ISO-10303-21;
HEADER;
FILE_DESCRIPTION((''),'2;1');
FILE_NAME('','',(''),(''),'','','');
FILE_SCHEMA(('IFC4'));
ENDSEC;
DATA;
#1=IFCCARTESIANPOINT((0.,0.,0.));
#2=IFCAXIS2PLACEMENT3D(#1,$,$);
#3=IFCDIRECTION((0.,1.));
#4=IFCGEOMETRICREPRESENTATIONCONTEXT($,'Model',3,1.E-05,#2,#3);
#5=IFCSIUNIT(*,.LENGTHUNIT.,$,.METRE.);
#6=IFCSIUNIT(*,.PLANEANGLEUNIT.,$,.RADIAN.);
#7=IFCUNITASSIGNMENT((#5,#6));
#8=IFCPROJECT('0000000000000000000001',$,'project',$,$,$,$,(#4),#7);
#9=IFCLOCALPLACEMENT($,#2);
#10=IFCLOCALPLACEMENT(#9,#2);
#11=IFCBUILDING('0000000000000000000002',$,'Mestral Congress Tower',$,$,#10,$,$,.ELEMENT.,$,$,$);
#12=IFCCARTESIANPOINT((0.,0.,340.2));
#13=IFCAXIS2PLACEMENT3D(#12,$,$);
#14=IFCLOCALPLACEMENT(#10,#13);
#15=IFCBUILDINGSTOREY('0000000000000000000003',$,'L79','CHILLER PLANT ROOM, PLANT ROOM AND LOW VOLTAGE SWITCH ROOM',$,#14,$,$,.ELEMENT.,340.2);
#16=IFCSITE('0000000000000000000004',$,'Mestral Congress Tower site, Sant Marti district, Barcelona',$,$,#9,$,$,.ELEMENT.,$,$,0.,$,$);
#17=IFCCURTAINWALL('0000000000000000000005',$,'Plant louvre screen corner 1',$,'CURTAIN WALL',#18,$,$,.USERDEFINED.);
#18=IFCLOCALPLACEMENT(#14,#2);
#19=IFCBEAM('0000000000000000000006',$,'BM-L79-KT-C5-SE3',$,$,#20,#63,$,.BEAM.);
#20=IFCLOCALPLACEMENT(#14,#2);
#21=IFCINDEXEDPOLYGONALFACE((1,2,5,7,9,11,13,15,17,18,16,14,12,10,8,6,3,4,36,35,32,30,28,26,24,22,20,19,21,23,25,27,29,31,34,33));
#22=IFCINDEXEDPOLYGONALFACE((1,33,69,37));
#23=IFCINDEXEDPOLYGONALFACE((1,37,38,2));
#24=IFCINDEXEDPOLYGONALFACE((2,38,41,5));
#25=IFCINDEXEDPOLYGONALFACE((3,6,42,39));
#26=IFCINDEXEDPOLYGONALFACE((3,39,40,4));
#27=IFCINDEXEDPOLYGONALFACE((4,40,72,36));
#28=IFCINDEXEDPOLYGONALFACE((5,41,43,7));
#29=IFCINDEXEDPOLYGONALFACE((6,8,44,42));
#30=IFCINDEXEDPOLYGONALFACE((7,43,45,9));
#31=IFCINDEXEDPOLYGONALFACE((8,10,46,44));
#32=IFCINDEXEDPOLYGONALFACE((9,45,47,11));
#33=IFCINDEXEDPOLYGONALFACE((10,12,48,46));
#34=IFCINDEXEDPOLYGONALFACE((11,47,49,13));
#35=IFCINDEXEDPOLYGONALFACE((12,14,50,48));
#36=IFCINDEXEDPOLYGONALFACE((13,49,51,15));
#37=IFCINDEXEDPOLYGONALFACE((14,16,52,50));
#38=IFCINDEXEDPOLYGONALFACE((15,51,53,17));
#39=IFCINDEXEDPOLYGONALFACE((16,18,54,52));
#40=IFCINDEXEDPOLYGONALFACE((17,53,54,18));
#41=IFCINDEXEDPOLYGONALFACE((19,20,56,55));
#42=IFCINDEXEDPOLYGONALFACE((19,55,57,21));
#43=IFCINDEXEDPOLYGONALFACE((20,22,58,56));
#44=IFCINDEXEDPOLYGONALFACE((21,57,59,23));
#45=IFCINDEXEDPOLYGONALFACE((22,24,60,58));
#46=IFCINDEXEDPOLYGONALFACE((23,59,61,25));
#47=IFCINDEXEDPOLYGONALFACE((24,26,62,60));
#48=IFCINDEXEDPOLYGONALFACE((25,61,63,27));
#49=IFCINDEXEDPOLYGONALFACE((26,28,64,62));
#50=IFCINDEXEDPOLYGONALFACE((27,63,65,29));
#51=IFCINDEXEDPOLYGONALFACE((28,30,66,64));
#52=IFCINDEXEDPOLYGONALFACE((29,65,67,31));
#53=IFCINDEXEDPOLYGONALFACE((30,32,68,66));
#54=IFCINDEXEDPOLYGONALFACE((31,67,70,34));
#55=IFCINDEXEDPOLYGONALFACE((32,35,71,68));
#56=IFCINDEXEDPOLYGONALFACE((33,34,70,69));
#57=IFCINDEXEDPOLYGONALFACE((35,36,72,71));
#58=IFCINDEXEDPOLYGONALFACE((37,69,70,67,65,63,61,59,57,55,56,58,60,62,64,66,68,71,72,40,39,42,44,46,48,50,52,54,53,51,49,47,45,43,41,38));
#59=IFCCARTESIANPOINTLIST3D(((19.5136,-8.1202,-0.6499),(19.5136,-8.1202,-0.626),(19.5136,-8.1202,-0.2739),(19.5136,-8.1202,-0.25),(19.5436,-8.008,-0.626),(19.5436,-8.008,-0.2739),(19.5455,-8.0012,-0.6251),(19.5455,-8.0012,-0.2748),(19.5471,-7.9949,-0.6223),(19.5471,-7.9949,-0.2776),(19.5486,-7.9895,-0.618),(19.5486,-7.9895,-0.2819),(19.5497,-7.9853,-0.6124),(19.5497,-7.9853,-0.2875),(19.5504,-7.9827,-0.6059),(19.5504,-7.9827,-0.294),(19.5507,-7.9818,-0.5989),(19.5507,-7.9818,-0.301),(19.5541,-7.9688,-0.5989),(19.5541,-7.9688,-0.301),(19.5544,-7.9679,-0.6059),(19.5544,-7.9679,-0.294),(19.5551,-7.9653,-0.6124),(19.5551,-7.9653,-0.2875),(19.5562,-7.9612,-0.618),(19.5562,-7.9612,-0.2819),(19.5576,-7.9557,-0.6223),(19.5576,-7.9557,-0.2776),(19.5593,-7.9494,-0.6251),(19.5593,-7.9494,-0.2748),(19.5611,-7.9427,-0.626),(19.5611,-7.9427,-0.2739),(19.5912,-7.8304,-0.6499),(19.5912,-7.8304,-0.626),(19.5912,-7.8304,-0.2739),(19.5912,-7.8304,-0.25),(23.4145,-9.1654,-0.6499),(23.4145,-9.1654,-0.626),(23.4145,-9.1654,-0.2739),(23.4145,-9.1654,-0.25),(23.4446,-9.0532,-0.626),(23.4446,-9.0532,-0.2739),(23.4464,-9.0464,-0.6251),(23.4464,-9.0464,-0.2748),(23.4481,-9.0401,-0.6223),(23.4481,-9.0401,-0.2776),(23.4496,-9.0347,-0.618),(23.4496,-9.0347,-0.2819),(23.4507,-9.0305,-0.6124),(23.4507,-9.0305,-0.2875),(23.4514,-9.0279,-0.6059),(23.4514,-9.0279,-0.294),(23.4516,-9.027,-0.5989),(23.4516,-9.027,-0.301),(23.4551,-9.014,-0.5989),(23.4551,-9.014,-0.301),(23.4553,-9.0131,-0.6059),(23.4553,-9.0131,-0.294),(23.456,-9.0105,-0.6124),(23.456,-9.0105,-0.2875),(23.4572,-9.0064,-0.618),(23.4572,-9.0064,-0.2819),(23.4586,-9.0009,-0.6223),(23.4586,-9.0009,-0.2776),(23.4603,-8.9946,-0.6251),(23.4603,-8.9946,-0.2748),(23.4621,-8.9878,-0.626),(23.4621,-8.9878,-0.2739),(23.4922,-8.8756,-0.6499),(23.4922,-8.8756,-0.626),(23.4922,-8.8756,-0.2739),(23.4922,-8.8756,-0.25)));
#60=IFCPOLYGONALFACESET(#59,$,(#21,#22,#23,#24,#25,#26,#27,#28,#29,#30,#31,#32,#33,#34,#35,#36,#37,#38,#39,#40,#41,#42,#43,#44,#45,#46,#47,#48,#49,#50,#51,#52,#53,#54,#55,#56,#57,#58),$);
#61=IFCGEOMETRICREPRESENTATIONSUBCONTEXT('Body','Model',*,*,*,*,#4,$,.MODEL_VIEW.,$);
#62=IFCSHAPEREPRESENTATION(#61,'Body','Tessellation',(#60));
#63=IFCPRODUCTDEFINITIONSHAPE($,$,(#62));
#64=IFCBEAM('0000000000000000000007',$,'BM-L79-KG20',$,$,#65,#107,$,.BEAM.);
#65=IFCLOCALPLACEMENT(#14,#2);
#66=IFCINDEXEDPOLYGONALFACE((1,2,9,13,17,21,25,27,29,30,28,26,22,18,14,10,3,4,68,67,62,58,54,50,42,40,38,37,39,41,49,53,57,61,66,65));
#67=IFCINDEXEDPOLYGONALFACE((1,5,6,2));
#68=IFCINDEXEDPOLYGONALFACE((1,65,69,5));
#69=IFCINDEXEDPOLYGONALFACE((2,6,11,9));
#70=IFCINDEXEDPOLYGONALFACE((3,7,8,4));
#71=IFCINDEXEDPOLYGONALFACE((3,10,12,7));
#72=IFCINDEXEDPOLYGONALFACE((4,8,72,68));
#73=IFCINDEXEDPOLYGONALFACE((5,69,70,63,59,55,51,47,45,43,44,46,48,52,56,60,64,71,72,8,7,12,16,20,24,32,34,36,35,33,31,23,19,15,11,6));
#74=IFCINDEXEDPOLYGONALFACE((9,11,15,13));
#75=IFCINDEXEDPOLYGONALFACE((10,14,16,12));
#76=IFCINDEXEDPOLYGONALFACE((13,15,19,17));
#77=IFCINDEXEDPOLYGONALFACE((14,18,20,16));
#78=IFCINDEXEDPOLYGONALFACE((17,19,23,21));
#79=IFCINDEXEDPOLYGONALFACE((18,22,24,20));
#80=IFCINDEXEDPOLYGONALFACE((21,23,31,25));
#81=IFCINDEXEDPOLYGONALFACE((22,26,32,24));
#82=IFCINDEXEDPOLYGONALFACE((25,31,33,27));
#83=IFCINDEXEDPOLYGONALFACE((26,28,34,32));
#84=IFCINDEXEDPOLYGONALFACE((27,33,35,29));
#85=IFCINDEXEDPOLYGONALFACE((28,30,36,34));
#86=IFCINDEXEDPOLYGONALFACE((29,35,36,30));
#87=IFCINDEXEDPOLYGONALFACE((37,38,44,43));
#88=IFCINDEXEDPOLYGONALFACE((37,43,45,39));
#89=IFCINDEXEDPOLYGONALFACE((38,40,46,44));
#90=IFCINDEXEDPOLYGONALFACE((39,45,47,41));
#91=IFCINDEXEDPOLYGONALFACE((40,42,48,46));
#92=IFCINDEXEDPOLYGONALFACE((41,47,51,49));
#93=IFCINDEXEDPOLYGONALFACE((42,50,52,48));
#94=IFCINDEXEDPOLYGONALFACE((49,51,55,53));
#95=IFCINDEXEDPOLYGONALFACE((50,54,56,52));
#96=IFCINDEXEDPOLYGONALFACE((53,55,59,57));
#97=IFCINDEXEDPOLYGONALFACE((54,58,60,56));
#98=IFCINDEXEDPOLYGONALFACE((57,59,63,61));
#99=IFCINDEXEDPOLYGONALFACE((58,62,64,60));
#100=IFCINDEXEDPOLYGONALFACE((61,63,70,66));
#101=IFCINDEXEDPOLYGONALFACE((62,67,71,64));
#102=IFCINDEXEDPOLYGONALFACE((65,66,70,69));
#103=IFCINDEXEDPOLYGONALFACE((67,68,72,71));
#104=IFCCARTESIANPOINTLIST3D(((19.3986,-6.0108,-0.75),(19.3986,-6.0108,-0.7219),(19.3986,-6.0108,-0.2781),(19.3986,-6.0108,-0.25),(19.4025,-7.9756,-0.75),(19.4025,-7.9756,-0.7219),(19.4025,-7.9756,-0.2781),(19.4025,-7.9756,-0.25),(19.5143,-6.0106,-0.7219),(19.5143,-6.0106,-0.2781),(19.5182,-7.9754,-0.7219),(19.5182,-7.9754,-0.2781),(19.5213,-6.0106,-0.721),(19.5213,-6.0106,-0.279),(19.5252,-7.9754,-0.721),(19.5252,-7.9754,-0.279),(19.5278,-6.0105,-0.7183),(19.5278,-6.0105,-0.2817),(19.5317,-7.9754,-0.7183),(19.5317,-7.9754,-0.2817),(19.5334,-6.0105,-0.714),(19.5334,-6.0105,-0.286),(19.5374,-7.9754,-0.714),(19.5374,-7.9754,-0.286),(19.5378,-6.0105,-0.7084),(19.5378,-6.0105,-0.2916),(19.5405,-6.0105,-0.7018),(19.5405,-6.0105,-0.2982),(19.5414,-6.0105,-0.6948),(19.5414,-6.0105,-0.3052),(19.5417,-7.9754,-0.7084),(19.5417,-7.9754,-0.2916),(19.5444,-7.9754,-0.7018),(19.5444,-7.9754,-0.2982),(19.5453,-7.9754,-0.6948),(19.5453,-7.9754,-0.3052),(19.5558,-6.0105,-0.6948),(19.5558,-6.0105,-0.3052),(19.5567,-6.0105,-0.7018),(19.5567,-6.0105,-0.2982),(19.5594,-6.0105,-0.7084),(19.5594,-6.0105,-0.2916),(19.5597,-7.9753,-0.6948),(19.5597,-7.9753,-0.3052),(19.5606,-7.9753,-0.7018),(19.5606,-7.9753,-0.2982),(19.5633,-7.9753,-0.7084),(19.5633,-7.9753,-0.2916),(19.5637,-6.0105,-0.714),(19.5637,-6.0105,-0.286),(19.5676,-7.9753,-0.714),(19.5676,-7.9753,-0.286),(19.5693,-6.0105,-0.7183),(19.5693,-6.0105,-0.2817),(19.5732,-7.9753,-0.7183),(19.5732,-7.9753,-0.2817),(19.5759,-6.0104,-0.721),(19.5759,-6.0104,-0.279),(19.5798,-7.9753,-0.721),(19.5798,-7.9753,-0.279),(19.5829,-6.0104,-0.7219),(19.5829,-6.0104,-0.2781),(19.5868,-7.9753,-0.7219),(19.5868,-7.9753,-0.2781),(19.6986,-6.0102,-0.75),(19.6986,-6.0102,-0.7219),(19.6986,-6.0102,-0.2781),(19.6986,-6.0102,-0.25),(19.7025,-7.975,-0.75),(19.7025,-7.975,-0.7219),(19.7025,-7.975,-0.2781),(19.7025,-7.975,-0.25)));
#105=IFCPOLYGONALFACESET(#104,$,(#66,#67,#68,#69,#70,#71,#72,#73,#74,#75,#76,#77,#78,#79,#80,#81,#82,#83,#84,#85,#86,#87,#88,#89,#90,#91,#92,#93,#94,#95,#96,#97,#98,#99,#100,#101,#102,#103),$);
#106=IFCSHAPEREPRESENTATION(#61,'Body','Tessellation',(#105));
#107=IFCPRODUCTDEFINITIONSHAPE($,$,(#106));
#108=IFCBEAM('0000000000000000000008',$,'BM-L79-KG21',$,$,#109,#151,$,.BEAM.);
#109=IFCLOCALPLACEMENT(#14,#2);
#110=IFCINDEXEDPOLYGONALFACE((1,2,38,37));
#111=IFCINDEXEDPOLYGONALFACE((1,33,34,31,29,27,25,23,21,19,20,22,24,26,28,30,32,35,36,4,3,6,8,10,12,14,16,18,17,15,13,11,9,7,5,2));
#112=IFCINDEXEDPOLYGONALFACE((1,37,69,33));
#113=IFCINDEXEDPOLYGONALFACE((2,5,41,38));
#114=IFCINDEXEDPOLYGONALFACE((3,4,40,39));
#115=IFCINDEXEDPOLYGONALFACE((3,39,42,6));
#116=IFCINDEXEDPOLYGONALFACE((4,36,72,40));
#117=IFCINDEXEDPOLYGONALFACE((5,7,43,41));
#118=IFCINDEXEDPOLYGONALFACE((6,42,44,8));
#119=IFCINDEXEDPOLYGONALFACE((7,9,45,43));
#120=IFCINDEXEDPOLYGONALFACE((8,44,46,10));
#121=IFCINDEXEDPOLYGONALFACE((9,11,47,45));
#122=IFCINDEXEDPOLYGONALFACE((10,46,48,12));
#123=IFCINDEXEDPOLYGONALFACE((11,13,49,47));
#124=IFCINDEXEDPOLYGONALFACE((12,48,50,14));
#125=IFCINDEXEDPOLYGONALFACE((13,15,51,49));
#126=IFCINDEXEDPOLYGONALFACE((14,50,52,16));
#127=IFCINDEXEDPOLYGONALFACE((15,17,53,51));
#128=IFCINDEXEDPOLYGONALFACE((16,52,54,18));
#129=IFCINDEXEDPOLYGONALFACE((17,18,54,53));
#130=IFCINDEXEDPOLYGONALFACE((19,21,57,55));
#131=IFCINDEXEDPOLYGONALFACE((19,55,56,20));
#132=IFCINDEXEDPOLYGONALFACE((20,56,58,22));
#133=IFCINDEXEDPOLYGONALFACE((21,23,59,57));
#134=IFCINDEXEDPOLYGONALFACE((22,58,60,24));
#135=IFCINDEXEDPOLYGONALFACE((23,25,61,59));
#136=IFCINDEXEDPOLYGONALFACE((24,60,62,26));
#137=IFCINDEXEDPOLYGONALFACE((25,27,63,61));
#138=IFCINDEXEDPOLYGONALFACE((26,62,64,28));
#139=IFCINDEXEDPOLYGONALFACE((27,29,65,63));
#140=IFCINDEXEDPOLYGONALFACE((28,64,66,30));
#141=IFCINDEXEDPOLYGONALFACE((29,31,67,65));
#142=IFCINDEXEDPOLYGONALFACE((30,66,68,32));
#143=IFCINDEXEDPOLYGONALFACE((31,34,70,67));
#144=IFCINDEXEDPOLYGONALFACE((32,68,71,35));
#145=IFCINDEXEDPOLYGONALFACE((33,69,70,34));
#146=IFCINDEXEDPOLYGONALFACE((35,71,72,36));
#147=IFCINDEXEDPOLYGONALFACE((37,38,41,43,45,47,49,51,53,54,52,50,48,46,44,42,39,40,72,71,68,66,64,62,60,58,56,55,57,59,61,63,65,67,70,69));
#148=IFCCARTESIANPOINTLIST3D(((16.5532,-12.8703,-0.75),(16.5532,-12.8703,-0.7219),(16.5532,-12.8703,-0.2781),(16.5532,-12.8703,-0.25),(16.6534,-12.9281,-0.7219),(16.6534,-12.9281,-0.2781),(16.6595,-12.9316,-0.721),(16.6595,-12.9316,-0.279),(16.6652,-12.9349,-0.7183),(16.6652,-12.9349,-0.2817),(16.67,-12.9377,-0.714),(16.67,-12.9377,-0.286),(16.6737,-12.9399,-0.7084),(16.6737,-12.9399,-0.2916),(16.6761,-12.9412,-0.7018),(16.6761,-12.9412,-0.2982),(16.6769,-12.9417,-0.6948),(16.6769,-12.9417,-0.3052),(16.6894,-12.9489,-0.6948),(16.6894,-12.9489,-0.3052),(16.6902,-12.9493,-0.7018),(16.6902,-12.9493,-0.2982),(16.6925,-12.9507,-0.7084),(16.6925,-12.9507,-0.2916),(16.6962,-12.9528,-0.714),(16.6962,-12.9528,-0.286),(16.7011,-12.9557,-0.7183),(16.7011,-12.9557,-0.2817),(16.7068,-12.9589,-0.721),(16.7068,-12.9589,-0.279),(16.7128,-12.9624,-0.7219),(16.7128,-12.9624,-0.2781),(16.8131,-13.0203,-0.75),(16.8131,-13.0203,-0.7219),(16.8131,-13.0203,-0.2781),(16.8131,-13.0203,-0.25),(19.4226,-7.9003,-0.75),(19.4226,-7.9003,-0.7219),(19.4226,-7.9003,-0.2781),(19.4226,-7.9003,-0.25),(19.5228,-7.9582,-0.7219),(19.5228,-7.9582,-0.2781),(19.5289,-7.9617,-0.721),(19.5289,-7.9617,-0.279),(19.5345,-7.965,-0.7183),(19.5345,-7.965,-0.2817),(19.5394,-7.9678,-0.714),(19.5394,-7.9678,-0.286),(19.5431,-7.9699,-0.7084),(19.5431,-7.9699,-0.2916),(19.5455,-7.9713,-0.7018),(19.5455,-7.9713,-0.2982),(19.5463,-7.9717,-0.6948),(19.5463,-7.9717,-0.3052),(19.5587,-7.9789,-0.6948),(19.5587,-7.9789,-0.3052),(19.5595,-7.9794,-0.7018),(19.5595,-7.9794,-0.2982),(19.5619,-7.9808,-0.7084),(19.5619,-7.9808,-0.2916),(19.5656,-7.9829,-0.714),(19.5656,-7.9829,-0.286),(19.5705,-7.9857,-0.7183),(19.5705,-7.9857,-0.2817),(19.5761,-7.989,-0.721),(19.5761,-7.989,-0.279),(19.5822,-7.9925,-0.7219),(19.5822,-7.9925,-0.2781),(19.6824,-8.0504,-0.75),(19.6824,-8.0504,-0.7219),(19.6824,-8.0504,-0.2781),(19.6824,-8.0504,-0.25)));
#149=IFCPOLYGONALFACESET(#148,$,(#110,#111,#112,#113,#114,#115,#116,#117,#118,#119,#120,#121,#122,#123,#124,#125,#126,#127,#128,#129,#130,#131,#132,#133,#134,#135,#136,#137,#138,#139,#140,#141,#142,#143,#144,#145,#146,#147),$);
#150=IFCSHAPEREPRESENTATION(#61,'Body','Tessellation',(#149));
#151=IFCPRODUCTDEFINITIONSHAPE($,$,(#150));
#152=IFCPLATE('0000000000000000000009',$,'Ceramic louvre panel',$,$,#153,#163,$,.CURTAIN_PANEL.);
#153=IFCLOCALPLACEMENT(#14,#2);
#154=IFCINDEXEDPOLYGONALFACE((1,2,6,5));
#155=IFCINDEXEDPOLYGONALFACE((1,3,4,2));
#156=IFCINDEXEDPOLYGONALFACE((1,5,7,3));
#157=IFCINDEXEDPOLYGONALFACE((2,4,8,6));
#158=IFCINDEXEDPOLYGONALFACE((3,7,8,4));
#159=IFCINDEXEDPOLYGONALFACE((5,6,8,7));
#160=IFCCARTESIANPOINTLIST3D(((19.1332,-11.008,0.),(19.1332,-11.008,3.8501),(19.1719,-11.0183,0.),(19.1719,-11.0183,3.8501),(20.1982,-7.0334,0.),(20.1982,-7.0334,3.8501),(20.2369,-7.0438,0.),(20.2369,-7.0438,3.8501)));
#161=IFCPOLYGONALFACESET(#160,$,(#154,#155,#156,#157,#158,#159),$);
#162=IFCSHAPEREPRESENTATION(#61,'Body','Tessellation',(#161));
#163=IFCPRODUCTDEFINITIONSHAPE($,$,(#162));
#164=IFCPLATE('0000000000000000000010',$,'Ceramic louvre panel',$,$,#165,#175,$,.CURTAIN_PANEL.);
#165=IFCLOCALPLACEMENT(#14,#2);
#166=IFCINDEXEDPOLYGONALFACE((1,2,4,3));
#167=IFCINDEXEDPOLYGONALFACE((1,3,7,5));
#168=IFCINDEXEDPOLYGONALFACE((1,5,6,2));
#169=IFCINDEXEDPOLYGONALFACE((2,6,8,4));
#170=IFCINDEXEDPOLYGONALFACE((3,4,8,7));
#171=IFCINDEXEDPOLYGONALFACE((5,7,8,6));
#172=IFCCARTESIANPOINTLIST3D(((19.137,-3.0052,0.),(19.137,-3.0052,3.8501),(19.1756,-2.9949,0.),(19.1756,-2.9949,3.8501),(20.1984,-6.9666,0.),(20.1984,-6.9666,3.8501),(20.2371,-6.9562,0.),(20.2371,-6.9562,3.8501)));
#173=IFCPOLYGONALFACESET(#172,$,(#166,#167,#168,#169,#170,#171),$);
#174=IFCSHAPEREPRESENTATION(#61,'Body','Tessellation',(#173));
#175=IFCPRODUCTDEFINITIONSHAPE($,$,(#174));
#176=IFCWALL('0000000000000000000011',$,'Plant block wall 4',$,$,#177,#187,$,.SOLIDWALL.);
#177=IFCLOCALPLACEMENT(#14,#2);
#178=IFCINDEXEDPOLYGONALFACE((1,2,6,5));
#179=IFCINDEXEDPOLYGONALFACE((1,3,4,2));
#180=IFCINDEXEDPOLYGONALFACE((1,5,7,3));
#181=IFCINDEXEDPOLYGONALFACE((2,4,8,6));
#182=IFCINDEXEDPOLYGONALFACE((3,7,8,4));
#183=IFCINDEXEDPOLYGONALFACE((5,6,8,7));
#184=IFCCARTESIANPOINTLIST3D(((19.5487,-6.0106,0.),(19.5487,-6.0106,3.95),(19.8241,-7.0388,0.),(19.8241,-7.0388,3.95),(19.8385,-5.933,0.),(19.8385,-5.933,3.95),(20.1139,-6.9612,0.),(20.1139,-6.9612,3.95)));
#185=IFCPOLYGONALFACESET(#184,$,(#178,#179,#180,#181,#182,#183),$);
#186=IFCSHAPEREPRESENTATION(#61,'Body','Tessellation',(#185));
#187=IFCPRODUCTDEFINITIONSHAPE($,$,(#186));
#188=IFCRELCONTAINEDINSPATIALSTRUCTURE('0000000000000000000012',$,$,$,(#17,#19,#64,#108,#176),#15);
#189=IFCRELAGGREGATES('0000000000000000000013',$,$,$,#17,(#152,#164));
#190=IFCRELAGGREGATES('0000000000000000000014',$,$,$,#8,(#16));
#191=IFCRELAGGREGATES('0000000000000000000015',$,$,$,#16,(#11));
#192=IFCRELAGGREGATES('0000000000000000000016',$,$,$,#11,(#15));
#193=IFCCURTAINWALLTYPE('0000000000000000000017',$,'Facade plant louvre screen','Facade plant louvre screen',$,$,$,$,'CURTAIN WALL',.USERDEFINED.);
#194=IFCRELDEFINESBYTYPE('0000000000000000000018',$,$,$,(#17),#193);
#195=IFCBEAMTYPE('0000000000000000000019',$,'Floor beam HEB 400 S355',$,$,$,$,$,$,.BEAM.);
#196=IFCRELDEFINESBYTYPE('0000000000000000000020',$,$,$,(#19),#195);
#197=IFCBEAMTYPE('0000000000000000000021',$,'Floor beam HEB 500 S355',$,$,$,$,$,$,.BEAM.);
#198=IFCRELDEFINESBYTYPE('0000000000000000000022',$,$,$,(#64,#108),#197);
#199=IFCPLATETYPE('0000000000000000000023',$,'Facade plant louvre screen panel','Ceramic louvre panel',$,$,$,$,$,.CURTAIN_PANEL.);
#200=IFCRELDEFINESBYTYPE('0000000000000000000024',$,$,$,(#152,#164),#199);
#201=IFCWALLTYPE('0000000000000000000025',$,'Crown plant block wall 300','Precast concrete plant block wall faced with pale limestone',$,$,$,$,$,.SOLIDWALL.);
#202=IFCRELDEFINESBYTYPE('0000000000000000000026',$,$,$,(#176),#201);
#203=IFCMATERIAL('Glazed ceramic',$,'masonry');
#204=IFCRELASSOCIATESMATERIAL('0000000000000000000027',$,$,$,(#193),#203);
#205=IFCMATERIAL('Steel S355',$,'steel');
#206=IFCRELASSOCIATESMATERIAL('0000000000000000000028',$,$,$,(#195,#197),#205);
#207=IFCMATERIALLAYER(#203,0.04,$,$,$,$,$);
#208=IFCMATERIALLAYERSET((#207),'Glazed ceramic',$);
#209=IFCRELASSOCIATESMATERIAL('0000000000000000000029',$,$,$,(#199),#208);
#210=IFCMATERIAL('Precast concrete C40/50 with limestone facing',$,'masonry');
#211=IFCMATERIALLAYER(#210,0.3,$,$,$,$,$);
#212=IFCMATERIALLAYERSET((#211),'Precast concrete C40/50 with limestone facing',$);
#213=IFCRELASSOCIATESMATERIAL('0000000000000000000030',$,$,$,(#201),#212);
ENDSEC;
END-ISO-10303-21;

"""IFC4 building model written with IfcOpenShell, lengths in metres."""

from ifc_helpers import new_model, si_unit, direction, frame, frame_2d, origin, origin_2d, place, context, subcontext, project, spatial, rectangle, i_section, extrude, material, layer, layer_set, material_profile, profile_set, type_object, element, aggregate, save


model = new_model("IFC4")

# Units and contexts
model_context = context("Model", 3, precision=1e-05, world=origin(), true_north=direction((0.0, 1.0)))
body_context = subcontext(model_context, "Body", "Model", "MODEL_VIEW")
ifc_project = project(units=[si_unit("LENGTHUNIT", "METRE"), si_unit("PLANEANGLEUNIT", "RADIAN")], contexts=[model_context])

# Site, building, storey
site_placement = place(None, origin())
site = spatial("IfcSite", under=ifc_project, at=site_placement, Name="Mestral Congress Tower site, Sant Marti district, Barcelona", CompositionType="ELEMENT", RefElevation=0.0)
building_placement = place(site_placement, origin())
building = spatial("IfcBuilding", under=site, at=building_placement, Name="Mestral Congress Tower", CompositionType="ELEMENT")
storey_placement = place(building_placement, frame((0.0, 0.0, 340.2)))
storey = spatial("IfcBuildingStorey", under=building, at=storey_placement, Name="L79", Description="CHILLER PLANT ROOM, PLANT ROOM AND LOW VOLTAGE SWITCH ROOM", CompositionType="ELEMENT", Elevation=340.2)

# Shared definitions
ifc_material_1 = material(Name="Steel S355", Category="steel")

# Curtain wall
ifc_material_2 = material(Name="Glazed ceramic", Category="masonry")
curtain_wall_type = type_object("IfcCurtainWallType", Name="Facade plant louvre screen", Description="Facade plant louvre screen", ElementType="CURTAIN WALL", PredefinedType="USERDEFINED", material=ifc_material_2)
placement = place(storey_placement, origin())
curtain_wall_1 = element("IfcCurtainWall", 1, at=placement, inside=storey, type_object=curtain_wall_type, Name="Plant louvre screen corner 1", ObjectType="CURTAIN WALL", PredefinedType="USERDEFINED")

# Beams
ifc_material_profile_1 = material_profile(ifc_material_1, i_section(OverallWidth=0.3, OverallDepth=0.3999, WebThickness=0.0134, FlangeThickness=0.0239, FilletRadius=0.0271, at=origin_2d()), Name="HEB 400")
ifc_profile_set_1 = profile_set([ifc_material_profile_1], Name="Steel S355")
beam_type_1 = type_object("IfcBeamType", Name="Floor beam HEB 400 S355", PredefinedType="BEAM", material=ifc_profile_set_1)
beam_1_placement = place(storey_placement, frame((23.4534, -9.0205, -0.45), z_axis=(-0.96593, 0.258803, 0.0), x_axis=(-0.258803, -0.96593, 0.0)))
element("IfcBeam", 2, at=beam_1_placement, inside=storey, type_object=beam_type_1, Name="BM-L79-KT-C5-SE3", PredefinedType="BEAM", context=body_context, shape_type="SweptSolid", body=[
    extrude(i_section(OverallWidth=0.3, OverallDepth=0.3999, WebThickness=0.0134, FlangeThickness=0.0239, FilletRadius=0.0271, at=origin_2d()), origin(), (0.0, 0.0, 1.0), 4.0386),
])
ifc_material_profile_2 = material_profile(ifc_material_1, i_section(OverallWidth=0.3, OverallDepth=0.5, WebThickness=0.0144, FlangeThickness=0.0281, FilletRadius=0.0271, at=origin_2d()), Name="HEB 500")
ifc_profile_set_2 = profile_set([ifc_material_profile_2], Name="Steel S355")
beam_type_2 = type_object("IfcBeamType", Name="Floor beam HEB 500 S355", PredefinedType="BEAM", material=ifc_profile_set_2)
beam_2_placement = place(storey_placement, frame((19.5486, -6.0105, -0.5), z_axis=(0.001988, -0.999998, 0.0), x_axis=(0.999998, 0.001988, 0.0)))
element("IfcBeam", 3, at=beam_2_placement, inside=storey, type_object=beam_type_2, Name="BM-L79-KG20", PredefinedType="BEAM", context=body_context, shape_type="SweptSolid", body=[
    extrude(i_section(OverallWidth=0.3, OverallDepth=0.5, WebThickness=0.0144, FlangeThickness=0.0281, FilletRadius=0.0271, at=origin_2d()), origin(), (0.0, 0.0, 1.0), 1.9648),
])
beam_3_placement = place(storey_placement, frame((19.5525, -7.9753, -0.5), z_axis=(-0.499996, -0.866028, 0.0), x_axis=(0.866028, -0.499996, 0.0)))
element("IfcBeam", 4, at=beam_3_placement, inside=storey, type_object=beam_type_2, Name="BM-L79-KG21", PredefinedType="BEAM", context=body_context, shape_type="SweptSolid", body=[
    extrude(i_section(OverallWidth=0.3, OverallDepth=0.5, WebThickness=0.0144, FlangeThickness=0.0281, FilletRadius=0.0271, at=origin_2d()), origin(), (0.0, 0.0, 1.0), 5.7388),
])

# Plates
ifc_layer_1 = layer(ifc_material_2, 0.04)
ifc_layer_set_1 = layer_set([ifc_layer_1], Name="Glazed ceramic")
plate_type = type_object("IfcPlateType", Name="Facade plant louvre screen panel", Description="Ceramic louvre panel", PredefinedType="CURTAIN_PANEL", material=ifc_layer_set_1)
plate_1_placement = place(storey_placement, frame((19.6851, -9.0259, 0.0), z_axis=(0.0, 0.0, 1.0), x_axis=(0.258819, 0.965926, 0.0)))
plate_1 = element("IfcPlate", 5, at=plate_1_placement, type_object=plate_type, Name="Ceramic louvre panel", PredefinedType="CURTAIN_PANEL", context=body_context, shape_type="SweptSolid", body=[
    extrude(rectangle(XDim=4.1147, YDim=0.04, at=origin_2d()), origin(), (0.0, 0.0, 1.0), 3.8501),
])
plate_2_placement = place(storey_placement, frame((19.687, -4.9807, 0.0), z_axis=(0.0, 0.0, 1.0), x_axis=(-0.258819, 0.965926, 0.0)))
plate_2 = element("IfcPlate", 6, at=plate_2_placement, type_object=plate_type, Name="Ceramic louvre panel", PredefinedType="CURTAIN_PANEL", context=body_context, shape_type="SweptSolid", body=[
    extrude(rectangle(XDim=4.1011, YDim=0.04, at=origin_2d()), origin(), (0.0, 0.0, 1.0), 3.8501),
])
aggregate(curtain_wall_1, [plate_1, plate_2])

# Wall
ifc_material_3 = material(Name="Precast concrete C40/50 with limestone facing", Category="masonry")
ifc_layer_2 = layer(ifc_material_3, 0.3)
ifc_layer_set_2 = layer_set([ifc_layer_2], Name="Precast concrete C40/50 with limestone facing")
wall_type_1 = type_object("IfcWallType", Name="Crown plant block wall 300", Description="Precast concrete plant block wall faced with pale limestone", PredefinedType="SOLIDWALL", material=ifc_layer_set_2)
wall_1_placement = place(storey_placement, frame((19.969, -7.0, 0.0), z_axis=(0.0, 0.0, 1.0), x_axis=(-0.25869, 0.96596, 0.0)))
element("IfcWall", 7, at=wall_1_placement, inside=storey, type_object=wall_type_1, Name="Plant block wall 4", PredefinedType="SOLIDWALL", context=body_context, shape_type="SweptSolid", body=[
    extrude(rectangle(XDim=1.0645, YDim=0.3, at=frame_2d((0.5322, 0.0))), origin(), (0.0, 0.0, 1.0), 3.95),
])

save(model, "model.ifc")
